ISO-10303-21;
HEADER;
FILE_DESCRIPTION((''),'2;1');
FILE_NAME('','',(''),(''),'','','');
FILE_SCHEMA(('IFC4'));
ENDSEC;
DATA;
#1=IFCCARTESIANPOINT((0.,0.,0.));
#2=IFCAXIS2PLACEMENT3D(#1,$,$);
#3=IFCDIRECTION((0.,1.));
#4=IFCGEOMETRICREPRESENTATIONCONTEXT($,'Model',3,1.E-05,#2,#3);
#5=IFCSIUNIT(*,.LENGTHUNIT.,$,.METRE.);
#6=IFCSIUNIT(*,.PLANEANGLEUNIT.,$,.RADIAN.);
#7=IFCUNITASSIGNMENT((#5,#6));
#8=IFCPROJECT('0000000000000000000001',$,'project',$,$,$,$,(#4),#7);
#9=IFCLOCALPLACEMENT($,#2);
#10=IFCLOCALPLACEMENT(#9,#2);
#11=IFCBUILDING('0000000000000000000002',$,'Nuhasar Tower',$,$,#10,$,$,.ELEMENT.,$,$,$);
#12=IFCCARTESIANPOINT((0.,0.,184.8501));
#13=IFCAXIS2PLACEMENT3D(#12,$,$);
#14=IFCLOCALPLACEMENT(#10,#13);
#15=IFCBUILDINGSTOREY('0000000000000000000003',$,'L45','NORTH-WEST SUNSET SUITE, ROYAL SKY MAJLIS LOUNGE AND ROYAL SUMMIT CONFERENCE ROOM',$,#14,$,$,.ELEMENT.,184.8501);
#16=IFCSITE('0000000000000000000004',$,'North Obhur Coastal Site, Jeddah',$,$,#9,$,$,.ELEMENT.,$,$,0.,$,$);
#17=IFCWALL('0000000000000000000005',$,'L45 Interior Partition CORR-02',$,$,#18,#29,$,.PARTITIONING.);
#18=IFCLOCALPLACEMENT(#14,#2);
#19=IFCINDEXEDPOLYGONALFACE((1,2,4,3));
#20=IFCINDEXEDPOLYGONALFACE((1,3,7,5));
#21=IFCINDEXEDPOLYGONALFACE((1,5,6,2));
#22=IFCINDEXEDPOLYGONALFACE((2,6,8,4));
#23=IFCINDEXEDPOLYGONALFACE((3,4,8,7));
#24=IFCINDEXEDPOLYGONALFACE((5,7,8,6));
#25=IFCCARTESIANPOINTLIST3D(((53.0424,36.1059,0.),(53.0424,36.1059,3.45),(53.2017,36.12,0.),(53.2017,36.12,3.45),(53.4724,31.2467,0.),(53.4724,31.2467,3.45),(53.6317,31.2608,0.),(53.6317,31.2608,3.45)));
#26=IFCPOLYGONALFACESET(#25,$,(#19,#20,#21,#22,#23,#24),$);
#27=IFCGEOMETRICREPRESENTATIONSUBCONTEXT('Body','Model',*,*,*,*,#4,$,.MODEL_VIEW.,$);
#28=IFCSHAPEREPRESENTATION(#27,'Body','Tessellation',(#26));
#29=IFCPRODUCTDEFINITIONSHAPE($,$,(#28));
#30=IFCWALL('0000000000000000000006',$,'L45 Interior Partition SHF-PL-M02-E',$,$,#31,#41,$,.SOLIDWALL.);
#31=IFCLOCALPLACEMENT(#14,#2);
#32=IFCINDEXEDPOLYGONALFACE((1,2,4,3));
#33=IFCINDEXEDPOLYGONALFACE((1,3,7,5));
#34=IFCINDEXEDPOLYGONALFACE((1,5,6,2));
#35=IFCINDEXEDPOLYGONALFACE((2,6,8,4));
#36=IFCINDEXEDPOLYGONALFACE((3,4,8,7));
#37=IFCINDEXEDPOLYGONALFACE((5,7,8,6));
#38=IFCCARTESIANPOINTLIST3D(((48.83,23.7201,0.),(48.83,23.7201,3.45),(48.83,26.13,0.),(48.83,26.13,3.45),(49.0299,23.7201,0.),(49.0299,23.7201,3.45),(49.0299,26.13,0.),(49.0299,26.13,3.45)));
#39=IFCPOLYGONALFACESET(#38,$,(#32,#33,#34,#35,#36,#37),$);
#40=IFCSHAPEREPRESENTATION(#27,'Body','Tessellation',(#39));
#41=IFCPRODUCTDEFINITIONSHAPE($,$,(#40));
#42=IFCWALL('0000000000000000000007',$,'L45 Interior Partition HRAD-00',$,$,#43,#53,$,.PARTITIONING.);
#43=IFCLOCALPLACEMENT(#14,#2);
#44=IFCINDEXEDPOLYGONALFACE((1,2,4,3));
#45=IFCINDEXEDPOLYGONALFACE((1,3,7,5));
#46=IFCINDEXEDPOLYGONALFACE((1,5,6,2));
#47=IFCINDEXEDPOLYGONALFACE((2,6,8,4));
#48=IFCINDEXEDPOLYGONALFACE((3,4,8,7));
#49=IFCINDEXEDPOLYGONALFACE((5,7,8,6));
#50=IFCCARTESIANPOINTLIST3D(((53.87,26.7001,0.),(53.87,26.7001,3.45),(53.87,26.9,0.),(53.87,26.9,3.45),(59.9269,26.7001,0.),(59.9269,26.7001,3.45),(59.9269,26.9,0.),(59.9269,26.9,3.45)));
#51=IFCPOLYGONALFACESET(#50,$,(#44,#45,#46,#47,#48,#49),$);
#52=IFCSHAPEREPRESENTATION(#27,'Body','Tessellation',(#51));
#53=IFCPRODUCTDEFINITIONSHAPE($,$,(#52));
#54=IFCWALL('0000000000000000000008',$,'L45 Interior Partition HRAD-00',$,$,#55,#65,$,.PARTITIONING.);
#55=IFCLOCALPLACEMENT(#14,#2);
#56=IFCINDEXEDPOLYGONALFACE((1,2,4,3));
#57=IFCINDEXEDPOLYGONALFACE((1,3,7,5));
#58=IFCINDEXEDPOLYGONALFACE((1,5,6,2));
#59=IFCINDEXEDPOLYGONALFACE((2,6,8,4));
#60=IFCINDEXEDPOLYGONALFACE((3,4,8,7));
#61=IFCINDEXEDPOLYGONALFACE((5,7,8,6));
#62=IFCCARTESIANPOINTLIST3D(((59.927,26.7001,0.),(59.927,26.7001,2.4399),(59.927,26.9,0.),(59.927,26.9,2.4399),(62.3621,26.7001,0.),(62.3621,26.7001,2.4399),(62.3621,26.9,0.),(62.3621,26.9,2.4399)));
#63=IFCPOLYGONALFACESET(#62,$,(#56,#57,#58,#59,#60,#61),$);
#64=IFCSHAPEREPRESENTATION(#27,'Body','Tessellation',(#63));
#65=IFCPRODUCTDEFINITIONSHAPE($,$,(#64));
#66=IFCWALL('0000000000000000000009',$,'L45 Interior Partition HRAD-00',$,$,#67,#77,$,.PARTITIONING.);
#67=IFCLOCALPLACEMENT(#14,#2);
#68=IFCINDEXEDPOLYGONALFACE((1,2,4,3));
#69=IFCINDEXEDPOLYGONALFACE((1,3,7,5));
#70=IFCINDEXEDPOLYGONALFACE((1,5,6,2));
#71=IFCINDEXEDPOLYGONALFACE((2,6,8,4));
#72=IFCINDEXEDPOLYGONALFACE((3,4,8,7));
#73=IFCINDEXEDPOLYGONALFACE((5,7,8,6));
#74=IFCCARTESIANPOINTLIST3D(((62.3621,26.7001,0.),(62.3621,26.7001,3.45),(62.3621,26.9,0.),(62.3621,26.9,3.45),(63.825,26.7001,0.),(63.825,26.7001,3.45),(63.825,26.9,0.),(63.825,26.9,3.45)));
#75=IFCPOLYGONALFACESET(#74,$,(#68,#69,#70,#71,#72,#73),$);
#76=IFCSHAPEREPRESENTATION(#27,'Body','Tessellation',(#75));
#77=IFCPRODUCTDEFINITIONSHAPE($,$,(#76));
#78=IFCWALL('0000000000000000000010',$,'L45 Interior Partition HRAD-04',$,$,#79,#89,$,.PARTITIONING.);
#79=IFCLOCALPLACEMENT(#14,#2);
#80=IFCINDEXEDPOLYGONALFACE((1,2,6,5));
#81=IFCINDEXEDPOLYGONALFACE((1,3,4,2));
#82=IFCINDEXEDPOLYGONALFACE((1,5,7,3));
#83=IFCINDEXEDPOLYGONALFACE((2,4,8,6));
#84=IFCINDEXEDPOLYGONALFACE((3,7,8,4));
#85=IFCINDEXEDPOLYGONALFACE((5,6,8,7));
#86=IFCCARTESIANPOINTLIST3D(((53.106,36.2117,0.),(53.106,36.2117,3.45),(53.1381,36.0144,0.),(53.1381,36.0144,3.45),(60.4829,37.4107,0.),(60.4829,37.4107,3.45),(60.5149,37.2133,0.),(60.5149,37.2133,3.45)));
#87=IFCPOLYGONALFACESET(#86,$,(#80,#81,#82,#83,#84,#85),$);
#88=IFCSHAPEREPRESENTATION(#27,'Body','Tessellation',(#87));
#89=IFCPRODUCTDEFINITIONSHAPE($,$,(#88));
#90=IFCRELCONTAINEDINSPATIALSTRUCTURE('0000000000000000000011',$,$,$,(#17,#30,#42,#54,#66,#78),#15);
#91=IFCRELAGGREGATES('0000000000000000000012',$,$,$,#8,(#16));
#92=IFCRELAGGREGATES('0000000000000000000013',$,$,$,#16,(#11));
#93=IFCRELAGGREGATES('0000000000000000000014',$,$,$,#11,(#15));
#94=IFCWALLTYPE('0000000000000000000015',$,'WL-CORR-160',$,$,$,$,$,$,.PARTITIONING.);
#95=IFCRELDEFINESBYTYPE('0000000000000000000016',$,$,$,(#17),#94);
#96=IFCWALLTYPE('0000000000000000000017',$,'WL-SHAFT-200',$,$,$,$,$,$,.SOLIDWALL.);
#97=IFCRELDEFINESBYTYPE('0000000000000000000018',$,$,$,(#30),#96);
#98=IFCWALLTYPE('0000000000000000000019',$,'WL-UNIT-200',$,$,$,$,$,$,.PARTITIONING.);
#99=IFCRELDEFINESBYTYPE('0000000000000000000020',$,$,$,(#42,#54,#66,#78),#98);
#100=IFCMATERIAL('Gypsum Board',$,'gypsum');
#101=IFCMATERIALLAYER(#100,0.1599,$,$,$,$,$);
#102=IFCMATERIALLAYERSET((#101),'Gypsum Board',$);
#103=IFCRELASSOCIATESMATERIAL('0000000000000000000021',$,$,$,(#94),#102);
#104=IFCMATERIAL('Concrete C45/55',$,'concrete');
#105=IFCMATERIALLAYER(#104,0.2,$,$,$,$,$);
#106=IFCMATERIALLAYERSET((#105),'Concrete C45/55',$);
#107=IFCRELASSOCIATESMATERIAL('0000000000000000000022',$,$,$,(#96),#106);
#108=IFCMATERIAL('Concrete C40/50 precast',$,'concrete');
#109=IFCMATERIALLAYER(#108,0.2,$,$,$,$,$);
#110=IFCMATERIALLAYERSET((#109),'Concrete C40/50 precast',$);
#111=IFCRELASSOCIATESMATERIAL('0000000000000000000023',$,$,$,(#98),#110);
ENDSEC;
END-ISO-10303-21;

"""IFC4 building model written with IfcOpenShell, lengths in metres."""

from ifc_helpers import new_model, si_unit, direction, frame, frame_2d, origin, place, context, subcontext, project, spatial, rectangle, extrude, material, layer, layer_set, type_object, element, save


model = new_model("IFC4")

# Units and contexts
model_context = context("Model", 3, precision=1e-05, world=origin(), true_north=direction((0.0, 1.0)))
body_context = subcontext(model_context, "Body", "Model", "MODEL_VIEW")
ifc_project = project(units=[si_unit("LENGTHUNIT", "METRE"), si_unit("PLANEANGLEUNIT", "RADIAN")], contexts=[model_context])

# Site, building, storey
site_placement = place(None, origin())
site = spatial("IfcSite", under=ifc_project, at=site_placement, Name="North Obhur Coastal Site, Jeddah", CompositionType="ELEMENT", RefElevation=0.0)
building_placement = place(site_placement, origin())
building = spatial("IfcBuilding", under=site, at=building_placement, Name="Nuhasar Tower", CompositionType="ELEMENT")
storey_placement = place(building_placement, frame((0.0, 0.0, 184.8501)))
storey = spatial("IfcBuildingStorey", under=building, at=storey_placement, Name="L45", Description="NORTH-WEST SUNSET SUITE, ROYAL SKY MAJLIS LOUNGE AND ROYAL SUMMIT CONFERENCE ROOM", CompositionType="ELEMENT", Elevation=184.8501)

# Shared definitions
ifc_material_1 = material(Name="Gypsum Board", Category="gypsum")
ifc_layer_1 = layer(ifc_material_1, 0.1599)
ifc_layer_set_1 = layer_set([ifc_layer_1], Name="Gypsum Board")
wall_type_1 = type_object("IfcWallType", Name="WL-CORR-160", PredefinedType="PARTITIONING", material=ifc_layer_set_1)

# Walls
wall_1_placement = place(storey_placement, frame((53.552, 31.2539, 0.0), z_axis=(0.0, 0.0, 1.0), x_axis=(-0.088135, 0.996109, 0.0)))
element("IfcWall", 1, at=wall_1_placement, inside=storey, type_object=wall_type_1, Name="L45 Interior Partition CORR-02", PredefinedType="PARTITIONING", context=body_context, shape_type="SweptSolid", body=[
    extrude(rectangle(XDim=4.8782, YDim=0.1599, at=frame_2d((2.439, 0.0))), origin(), (0.0, 0.0, 1.0), 3.45),
])
ifc_material_2 = material(Name="Concrete C45/55", Category="concrete")
ifc_layer_2 = layer(ifc_material_2, 0.2)
ifc_layer_set_2 = layer_set([ifc_layer_2], Name="Concrete C45/55")
wall_type_2 = type_object("IfcWallType", Name="WL-SHAFT-200", PredefinedType="SOLIDWALL", material=ifc_layer_set_2)
wall_2_placement = place(storey_placement, frame((48.9299, 23.72, 0.0), z_axis=(0.0, 0.0, 1.0), x_axis=(0.0, 1.0, 0.0)))
element("IfcWall", 2, at=wall_2_placement, inside=storey, type_object=wall_type_2, Name="L45 Interior Partition SHF-PL-M02-E", PredefinedType="SOLIDWALL", context=body_context, shape_type="SweptSolid", body=[
    extrude(rectangle(XDim=2.4099, YDim=0.2, at=frame_2d((1.2051, 0.0))), origin(), (0.0, 0.0, 1.0), 3.45),
])
ifc_material_3 = material(Name="Concrete C40/50 precast", Category="concrete")
ifc_layer_3 = layer(ifc_material_3, 0.2)
ifc_layer_set_3 = layer_set([ifc_layer_3], Name="Concrete C40/50 precast")
wall_type_3 = type_object("IfcWallType", Name="WL-UNIT-200", PredefinedType="PARTITIONING", material=ifc_layer_set_3)
wall_3_placement = place(storey_placement, frame((53.8701, 26.8, 0.0), z_axis=(0.0, 0.0, 1.0), x_axis=(1.0, 0.0, 0.0)))
element("IfcWall", 3, at=wall_3_placement, inside=storey, type_object=wall_type_3, Name="L45 Interior Partition HRAD-00", PredefinedType="PARTITIONING", context=body_context, shape_type="SweptSolid", body=[
    extrude(rectangle(XDim=6.0569, YDim=0.2, at=frame_2d((3.0283, 0.0))), origin(), (0.0, 0.0, 1.0), 3.45),
])
wall_4_placement = place(storey_placement, frame((59.927, 26.8, 0.0), z_axis=(0.0, 0.0, 1.0), x_axis=(1.0, 0.0, 0.0)))
element("IfcWall", 4, at=wall_4_placement, inside=storey, type_object=wall_type_3, Name="L45 Interior Partition HRAD-00", PredefinedType="PARTITIONING", context=body_context, shape_type="SweptSolid", body=[
    extrude(rectangle(XDim=2.4351, YDim=0.2, at=frame_2d((1.2175, 0.0))), origin(), (0.0, 0.0, 1.0), 2.4399),
])
wall_5_placement = place(storey_placement, frame((62.3621, 26.8, 0.0), z_axis=(0.0, 0.0, 1.0), x_axis=(1.0, 0.0, 0.0)))
element("IfcWall", 5, at=wall_5_placement, inside=storey, type_object=wall_type_3, Name="L45 Interior Partition HRAD-00", PredefinedType="PARTITIONING", context=body_context, shape_type="SweptSolid", body=[
    extrude(rectangle(XDim=1.4629, YDim=0.2, at=frame_2d((0.7314, 0.0))), origin(), (0.0, 0.0, 1.0), 3.45),
])
wall_6_placement = place(storey_placement, frame((53.1221, 36.113, 0.0), z_axis=(0.0, 0.0, 1.0), x_axis=(0.987048, 0.160425, 0.0)))
element("IfcWall", 6, at=wall_6_placement, inside=storey, type_object=wall_type_3, Name="L45 Interior Partition HRAD-04", PredefinedType="PARTITIONING", context=body_context, shape_type="SweptSolid", body=[
    extrude(rectangle(XDim=7.4736, YDim=0.2, at=frame_2d((3.7368, 0.0))), origin(), (0.0, 0.0, 1.0), 3.45),
])

save(model, "model.ifc")
